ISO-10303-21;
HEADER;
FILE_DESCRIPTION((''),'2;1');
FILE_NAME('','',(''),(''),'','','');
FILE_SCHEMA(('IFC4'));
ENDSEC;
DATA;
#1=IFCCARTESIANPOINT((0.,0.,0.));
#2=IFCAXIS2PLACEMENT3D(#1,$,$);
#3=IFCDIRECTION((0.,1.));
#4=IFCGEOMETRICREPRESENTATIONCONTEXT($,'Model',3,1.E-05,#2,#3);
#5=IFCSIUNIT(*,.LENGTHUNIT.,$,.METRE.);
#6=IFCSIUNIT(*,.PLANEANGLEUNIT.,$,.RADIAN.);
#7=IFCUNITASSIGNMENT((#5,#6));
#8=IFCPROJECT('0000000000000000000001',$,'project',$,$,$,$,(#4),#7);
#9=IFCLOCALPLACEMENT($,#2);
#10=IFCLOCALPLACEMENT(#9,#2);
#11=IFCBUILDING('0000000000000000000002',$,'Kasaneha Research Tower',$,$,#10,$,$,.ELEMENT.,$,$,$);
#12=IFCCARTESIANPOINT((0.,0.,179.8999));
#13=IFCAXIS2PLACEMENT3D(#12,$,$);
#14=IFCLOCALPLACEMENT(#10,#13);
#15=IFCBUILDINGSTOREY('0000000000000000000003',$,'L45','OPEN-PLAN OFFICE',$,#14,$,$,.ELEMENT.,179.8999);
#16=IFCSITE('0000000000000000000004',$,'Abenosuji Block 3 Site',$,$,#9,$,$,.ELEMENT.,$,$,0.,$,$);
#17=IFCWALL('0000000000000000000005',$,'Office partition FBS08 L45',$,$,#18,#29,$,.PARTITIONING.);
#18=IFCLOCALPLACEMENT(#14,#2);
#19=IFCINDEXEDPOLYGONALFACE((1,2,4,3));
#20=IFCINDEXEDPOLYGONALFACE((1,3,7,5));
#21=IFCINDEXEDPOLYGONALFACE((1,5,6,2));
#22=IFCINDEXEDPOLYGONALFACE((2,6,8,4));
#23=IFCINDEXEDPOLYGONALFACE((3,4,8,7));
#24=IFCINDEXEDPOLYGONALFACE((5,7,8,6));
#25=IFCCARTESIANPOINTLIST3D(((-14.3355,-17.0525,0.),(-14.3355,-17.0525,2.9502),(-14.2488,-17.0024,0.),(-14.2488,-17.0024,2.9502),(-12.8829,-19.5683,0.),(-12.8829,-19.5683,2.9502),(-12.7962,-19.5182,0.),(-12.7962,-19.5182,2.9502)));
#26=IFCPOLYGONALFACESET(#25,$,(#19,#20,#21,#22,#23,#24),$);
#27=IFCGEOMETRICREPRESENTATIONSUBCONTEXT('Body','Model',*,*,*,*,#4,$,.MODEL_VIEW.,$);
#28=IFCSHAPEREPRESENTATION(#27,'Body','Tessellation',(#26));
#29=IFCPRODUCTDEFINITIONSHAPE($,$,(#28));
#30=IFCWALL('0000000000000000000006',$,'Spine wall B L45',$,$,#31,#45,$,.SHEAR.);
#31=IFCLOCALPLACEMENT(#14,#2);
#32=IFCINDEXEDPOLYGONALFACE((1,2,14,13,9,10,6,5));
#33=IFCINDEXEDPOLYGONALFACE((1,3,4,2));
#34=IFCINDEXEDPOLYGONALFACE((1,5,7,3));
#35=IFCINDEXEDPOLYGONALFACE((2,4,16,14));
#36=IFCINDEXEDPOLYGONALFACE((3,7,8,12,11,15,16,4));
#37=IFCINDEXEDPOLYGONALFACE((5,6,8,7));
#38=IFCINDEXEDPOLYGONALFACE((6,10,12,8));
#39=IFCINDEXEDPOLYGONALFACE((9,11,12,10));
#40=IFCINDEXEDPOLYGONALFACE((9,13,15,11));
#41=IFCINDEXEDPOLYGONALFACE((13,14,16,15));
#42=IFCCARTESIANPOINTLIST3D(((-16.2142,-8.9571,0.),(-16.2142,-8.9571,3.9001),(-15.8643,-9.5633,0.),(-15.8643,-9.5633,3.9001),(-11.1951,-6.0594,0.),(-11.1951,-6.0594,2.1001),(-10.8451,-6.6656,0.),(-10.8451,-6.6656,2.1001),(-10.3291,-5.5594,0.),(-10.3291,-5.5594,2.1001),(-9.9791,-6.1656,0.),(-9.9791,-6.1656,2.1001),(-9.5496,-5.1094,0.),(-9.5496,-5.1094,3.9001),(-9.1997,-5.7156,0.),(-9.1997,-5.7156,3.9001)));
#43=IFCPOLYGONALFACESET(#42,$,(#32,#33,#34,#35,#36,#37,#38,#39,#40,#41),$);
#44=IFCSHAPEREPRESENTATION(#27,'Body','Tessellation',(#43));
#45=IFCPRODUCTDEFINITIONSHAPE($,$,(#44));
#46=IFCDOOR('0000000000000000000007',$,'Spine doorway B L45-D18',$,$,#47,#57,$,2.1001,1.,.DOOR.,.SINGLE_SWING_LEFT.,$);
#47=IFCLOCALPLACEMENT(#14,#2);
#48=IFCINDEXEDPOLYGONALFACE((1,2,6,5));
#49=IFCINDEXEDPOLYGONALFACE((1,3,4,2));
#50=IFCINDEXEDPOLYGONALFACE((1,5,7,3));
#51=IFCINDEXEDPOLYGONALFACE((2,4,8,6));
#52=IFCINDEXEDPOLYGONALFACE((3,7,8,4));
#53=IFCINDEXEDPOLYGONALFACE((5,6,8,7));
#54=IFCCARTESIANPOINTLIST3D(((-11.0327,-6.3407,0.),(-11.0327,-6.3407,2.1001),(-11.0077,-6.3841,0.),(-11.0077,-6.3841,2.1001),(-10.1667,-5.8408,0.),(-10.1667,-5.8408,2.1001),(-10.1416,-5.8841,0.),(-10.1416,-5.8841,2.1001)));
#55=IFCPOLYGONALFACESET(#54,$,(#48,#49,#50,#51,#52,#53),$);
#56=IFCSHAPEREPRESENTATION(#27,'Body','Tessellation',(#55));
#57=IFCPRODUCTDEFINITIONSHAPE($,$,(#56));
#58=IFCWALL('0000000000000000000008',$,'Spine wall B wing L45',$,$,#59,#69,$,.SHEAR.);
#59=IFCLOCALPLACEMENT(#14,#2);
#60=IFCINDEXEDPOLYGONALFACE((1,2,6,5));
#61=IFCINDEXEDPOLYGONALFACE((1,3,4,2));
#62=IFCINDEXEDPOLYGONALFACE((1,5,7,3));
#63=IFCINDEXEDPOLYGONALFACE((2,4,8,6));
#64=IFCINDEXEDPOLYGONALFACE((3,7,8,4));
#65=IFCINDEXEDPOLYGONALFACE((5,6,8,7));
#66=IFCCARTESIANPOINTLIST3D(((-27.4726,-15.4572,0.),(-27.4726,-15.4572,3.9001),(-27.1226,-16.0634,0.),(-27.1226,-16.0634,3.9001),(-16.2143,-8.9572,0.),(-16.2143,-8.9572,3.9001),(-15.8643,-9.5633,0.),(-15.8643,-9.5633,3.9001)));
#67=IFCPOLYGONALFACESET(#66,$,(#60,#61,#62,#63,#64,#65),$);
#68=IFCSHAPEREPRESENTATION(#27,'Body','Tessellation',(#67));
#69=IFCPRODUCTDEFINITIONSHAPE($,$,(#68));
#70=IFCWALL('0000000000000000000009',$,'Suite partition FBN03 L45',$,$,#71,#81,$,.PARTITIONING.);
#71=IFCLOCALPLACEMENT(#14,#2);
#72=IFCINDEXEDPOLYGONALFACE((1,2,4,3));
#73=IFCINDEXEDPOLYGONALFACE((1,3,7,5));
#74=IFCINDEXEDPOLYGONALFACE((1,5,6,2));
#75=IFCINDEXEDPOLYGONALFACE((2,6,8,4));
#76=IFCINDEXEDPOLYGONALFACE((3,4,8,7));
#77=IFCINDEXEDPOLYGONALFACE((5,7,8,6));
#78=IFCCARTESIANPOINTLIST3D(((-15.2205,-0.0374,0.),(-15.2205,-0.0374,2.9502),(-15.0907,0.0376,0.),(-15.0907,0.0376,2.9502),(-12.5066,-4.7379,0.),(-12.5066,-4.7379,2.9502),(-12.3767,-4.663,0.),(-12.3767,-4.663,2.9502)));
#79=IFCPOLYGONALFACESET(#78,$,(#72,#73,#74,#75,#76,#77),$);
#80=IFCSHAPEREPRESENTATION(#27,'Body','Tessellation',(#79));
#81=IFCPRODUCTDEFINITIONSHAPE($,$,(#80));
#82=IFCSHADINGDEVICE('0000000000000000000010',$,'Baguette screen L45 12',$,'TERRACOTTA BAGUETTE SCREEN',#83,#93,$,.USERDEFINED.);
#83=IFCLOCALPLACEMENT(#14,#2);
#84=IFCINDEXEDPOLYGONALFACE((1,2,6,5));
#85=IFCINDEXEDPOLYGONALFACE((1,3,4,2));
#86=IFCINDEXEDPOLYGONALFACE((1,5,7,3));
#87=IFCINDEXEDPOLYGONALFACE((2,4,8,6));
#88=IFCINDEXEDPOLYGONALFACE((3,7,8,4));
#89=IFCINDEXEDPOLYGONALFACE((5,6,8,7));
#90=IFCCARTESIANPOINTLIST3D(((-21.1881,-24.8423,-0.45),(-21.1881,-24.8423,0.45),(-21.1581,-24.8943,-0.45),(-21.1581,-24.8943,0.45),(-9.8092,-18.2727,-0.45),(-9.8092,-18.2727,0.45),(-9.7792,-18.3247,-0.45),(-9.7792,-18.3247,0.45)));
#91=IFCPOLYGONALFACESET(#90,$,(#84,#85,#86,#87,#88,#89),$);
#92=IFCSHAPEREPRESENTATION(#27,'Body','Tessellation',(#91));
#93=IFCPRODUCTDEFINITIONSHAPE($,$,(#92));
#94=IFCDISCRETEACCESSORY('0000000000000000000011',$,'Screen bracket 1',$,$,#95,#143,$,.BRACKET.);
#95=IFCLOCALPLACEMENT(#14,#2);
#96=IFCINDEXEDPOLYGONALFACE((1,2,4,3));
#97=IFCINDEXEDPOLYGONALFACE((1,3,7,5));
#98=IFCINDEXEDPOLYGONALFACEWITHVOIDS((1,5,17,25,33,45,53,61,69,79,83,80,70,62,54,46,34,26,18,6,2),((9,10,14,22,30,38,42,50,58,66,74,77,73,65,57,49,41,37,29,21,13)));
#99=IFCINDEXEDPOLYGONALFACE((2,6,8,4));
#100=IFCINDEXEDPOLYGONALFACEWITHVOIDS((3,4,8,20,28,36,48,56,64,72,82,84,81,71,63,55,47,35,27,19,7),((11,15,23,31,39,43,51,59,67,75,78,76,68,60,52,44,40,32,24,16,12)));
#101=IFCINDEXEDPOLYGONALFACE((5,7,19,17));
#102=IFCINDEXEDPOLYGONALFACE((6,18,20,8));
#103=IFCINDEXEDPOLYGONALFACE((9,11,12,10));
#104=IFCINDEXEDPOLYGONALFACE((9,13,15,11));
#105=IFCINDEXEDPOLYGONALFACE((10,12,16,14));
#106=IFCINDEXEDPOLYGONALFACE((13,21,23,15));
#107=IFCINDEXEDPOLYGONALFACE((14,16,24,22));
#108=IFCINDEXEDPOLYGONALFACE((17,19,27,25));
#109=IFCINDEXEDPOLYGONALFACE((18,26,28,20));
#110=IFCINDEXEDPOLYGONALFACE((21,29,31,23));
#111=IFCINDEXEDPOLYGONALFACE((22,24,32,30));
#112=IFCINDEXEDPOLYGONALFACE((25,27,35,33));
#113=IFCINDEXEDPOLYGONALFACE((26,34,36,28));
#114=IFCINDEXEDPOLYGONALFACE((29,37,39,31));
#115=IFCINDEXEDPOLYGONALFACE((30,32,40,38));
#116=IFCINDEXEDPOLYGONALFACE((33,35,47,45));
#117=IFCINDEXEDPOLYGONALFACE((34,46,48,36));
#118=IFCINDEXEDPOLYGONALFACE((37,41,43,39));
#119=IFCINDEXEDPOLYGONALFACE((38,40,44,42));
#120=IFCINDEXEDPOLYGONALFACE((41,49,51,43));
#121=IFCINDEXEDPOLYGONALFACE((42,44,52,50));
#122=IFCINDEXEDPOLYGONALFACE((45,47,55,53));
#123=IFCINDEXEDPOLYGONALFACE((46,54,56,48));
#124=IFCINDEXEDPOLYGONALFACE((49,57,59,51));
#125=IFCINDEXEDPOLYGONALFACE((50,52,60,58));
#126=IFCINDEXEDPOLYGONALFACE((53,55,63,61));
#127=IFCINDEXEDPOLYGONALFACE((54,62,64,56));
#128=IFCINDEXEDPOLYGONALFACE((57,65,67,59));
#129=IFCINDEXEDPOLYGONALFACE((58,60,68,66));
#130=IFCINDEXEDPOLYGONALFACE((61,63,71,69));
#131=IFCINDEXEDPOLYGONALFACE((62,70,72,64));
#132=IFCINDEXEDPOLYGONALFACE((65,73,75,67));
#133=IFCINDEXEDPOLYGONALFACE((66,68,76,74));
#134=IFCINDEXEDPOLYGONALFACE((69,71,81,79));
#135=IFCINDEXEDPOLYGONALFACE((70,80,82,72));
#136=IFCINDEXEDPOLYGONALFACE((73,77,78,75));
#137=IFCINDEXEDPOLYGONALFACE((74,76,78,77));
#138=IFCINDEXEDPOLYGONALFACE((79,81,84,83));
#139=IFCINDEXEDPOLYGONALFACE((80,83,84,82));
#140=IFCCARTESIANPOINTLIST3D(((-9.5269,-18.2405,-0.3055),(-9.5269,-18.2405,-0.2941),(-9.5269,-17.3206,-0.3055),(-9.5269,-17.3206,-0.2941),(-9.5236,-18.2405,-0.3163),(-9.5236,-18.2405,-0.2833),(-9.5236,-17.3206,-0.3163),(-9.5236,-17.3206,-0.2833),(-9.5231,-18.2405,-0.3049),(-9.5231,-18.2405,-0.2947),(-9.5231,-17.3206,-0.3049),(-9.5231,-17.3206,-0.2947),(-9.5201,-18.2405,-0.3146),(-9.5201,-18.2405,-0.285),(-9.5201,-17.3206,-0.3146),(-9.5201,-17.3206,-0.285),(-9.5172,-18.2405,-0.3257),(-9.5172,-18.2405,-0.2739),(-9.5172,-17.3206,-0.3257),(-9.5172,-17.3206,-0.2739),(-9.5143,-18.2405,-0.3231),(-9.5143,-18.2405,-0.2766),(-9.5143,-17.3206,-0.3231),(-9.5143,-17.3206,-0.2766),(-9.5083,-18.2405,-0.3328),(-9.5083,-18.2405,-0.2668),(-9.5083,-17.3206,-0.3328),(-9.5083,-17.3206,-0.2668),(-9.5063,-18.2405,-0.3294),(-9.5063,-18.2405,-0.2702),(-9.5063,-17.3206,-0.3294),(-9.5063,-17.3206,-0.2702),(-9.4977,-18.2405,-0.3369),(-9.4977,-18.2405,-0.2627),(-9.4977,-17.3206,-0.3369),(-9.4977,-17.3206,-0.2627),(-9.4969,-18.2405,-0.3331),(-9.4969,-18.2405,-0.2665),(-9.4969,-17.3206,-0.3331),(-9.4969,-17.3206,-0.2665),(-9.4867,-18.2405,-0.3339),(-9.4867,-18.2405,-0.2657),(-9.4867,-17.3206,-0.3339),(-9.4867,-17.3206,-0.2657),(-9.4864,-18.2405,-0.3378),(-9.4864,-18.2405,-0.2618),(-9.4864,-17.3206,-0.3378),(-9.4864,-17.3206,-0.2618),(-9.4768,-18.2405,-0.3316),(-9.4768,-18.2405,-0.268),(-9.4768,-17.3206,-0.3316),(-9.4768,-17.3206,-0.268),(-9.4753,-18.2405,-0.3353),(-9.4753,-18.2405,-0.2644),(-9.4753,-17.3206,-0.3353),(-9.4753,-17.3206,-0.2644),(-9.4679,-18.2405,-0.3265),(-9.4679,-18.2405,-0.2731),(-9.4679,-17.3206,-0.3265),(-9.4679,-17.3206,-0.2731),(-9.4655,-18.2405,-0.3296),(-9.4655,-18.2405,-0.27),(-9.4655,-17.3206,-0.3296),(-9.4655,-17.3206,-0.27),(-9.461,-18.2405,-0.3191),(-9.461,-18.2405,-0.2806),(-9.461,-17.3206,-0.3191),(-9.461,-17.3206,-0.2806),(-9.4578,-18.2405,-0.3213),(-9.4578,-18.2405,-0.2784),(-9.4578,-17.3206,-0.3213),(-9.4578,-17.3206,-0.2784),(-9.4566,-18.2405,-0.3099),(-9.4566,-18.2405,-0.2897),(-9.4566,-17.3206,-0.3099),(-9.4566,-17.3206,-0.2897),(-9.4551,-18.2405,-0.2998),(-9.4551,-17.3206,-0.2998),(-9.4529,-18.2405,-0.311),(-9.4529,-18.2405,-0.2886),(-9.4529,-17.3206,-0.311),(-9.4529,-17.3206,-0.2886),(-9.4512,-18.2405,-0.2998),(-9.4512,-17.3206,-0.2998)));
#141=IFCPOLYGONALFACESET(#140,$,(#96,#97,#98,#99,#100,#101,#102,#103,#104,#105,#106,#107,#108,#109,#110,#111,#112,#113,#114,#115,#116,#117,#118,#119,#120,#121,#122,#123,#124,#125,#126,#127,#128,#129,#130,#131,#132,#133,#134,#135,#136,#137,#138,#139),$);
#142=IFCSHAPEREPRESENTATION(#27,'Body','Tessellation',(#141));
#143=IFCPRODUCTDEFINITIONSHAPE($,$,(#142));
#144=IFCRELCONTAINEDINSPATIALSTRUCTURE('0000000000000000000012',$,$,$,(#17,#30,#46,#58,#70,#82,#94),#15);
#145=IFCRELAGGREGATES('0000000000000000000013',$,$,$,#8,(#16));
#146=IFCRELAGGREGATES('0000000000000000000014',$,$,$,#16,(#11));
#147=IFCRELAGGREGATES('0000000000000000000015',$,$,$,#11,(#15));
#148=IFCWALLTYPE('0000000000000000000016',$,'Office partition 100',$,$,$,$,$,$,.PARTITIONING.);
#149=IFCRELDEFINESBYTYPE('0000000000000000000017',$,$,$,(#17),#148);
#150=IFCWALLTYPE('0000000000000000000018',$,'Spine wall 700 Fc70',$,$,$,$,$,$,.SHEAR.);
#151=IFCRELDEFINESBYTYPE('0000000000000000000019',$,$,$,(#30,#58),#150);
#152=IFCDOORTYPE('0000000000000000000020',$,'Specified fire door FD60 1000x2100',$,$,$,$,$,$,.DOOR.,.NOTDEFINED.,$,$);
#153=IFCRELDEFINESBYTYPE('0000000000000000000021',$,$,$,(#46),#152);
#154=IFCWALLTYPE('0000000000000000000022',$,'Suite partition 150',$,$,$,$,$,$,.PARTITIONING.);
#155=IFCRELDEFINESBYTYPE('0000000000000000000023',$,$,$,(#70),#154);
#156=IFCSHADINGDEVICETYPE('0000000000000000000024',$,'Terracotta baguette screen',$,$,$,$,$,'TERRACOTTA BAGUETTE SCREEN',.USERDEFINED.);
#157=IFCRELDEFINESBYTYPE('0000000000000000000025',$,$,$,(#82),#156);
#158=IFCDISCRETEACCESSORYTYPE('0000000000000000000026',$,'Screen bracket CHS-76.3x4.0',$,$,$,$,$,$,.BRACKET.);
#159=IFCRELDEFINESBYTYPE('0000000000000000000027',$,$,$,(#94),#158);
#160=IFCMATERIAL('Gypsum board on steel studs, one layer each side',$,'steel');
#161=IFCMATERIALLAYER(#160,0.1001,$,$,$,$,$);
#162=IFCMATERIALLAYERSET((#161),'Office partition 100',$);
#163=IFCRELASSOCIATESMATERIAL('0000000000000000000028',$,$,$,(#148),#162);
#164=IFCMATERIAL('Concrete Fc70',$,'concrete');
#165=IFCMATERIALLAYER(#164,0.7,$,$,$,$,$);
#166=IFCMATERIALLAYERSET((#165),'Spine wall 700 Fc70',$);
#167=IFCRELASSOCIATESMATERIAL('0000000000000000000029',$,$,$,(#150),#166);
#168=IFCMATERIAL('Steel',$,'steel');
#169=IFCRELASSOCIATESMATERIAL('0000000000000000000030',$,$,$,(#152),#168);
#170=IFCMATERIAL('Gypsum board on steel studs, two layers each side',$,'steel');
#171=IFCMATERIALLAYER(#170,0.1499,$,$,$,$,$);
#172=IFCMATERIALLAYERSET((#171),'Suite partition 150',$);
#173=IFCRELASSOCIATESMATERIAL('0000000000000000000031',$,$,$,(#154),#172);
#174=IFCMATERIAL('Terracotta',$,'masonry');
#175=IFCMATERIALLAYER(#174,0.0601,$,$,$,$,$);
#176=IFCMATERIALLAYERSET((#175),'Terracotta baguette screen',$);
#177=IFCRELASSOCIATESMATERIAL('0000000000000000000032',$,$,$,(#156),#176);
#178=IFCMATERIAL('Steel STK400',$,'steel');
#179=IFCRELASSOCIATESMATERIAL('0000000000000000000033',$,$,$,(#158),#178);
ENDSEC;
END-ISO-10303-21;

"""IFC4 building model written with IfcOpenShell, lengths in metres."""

from ifc_helpers import new_model, si_unit, direction, frame, frame_2d, origin, origin_2d, place, context, subcontext, project, spatial, rectangle, hollow_circle, extrude, material, layer, layer_set, material_profile, profile_set, type_object, element, fill, save


model = new_model("IFC4")

# Units and contexts
model_context = context("Model", 3, precision=1e-05, world=origin(), true_north=direction((0.0, 1.0)))
body_context = subcontext(model_context, "Body", "Model", "MODEL_VIEW")
ifc_project = project(units=[si_unit("LENGTHUNIT", "METRE"), si_unit("PLANEANGLEUNIT", "RADIAN")], contexts=[model_context])

# Site, building, storey
site_placement = place(None, origin())
site = spatial("IfcSite", under=ifc_project, at=site_placement, Name="Abenosuji Block 3 Site", CompositionType="ELEMENT", RefElevation=0.0)
building_placement = place(site_placement, origin())
building = spatial("IfcBuilding", under=site, at=building_placement, Name="Kasaneha Research Tower", CompositionType="ELEMENT")
storey_placement = place(building_placement, frame((0.0, 0.0, 179.8999)))
storey = spatial("IfcBuildingStorey", under=building, at=storey_placement, Name="L45", Description="OPEN-PLAN OFFICE", CompositionType="ELEMENT", Elevation=179.8999)

# Shared definitions
ifc_material_1 = material(Name="Gypsum board on steel studs, one layer each side", Category="steel")
ifc_layer_1 = layer(ifc_material_1, 0.1001)
ifc_layer_set_1 = layer_set([ifc_layer_1], Name="Office partition 100")
wall_type_1 = type_object("IfcWallType", Name="Office partition 100", PredefinedType="PARTITIONING", material=ifc_layer_set_1)

# Wall
wall_1_placement = place(storey_placement, frame((-14.2922, -17.0273, 0.0), z_axis=(0.0, 0.0, 1.0), x_axis=(0.500026, -0.866011, 0.0)))
element("IfcWall", 1, at=wall_1_placement, inside=storey, type_object=wall_type_1, Name="Office partition FBS08 L45", PredefinedType="PARTITIONING", context=body_context, shape_type="SweptSolid", body=[
    extrude(rectangle(XDim=2.905, YDim=0.1001, at=frame_2d((1.4526, 0.0))), origin(), (0.0, 0.0, 1.0), 2.9502),
])

# Wall, opening, door
ifc_material_2 = material(Name="Concrete Fc70", Category="concrete")
ifc_layer_2 = layer(ifc_material_2, 0.7)
ifc_layer_set_2 = layer_set([ifc_layer_2], Name="Spine wall 700 Fc70")
wall_type_2 = type_object("IfcWallType", Name="Spine wall 700 Fc70", PredefinedType="SHEAR", material=ifc_layer_set_2)
wall_2_placement = place(storey_placement, frame((-9.3748, -5.4126, 0.0), z_axis=(0.0, 0.0, 1.0), x_axis=(-0.866032, -0.499988, 0.0)))
wall_2 = element("IfcWall", 2, at=wall_2_placement, inside=storey, type_object=wall_type_2, Name="Spine wall B L45", PredefinedType="SHEAR", context=body_context, shape_type="SweptSolid", body=[
    extrude(rectangle(XDim=7.6956, YDim=0.7, at=frame_2d((3.8477, 0.0))), origin(), (0.0, 0.0, 1.0), 3.9001),
])
opening_1_placement = place(wall_2_placement, frame((0.8999, 0.0, 0.0)))
opening_1 = element("IfcOpeningElement", 3, at=opening_1_placement, cuts=wall_2, PredefinedType="OPENING", context=body_context, shape_type="SweptSolid", body=[
    extrude(rectangle(XDim=1.0, YDim=2.1001, at=frame_2d((0.5, 1.05))), frame((0.0, 0.3599, 0.0), z_axis=(0.0, -1.0, 0.0), x_axis=(1.0, 0.0, 0.0)), (0.0, 0.0, 1.0), 0.72),
])
ifc_material_3 = material(Name="Steel", Category="steel")
door_type_1 = type_object("IfcDoorType", Name="Specified fire door FD60 1000x2100", OperationType="NOTDEFINED", PredefinedType="DOOR", material=ifc_material_3)
door_1_placement = place(opening_1_placement, origin())
door_1 = element("IfcDoor", 4, at=door_1_placement, inside=storey, type_object=door_type_1, Name="Spine doorway B L45-D18", OperationType="SINGLE_SWING_LEFT", OverallHeight=2.1001, OverallWidth=1.0, PredefinedType="DOOR", context=body_context, shape_type="SweptSolid", body=[
    extrude(rectangle(XDim=1.0, YDim=2.1001, at=frame_2d((0.5, 1.05))), frame((0.0, 0.0249, 0.0), z_axis=(0.0, -1.0, 0.0), x_axis=(1.0, 0.0, 0.0)), (0.0, 0.0, 1.0), 0.05),
])
fill(opening_1, door_1)

# Walls
wall_3_placement = place(storey_placement, frame((-16.0393, -9.2603, 0.0), z_axis=(0.0, 0.0, 1.0), x_axis=(-0.866025, -0.500001, 0.0)))
element("IfcWall", 5, at=wall_3_placement, inside=storey, type_object=wall_type_2, Name="Spine wall B wing L45", PredefinedType="SHEAR", context=body_context, shape_type="SweptSolid", body=[
    extrude(rectangle(XDim=13.0, YDim=0.7, at=frame_2d((6.5, 0.0))), origin(), (0.0, 0.0, 1.0), 3.9001),
])
ifc_material_4 = material(Name="Gypsum board on steel studs, two layers each side", Category="steel")
ifc_layer_3 = layer(ifc_material_4, 0.1499)
ifc_layer_set_3 = layer_set([ifc_layer_3], Name="Suite partition 150")
wall_type_3 = type_object("IfcWallType", Name="Suite partition 150", PredefinedType="PARTITIONING", material=ifc_layer_set_3)
wall_4_placement = place(storey_placement, frame((-12.4417, -4.7004, 0.0), z_axis=(0.0, 0.0, 1.0), x_axis=(-0.500009, 0.86602, 0.0)))
element("IfcWall", 6, at=wall_4_placement, inside=storey, type_object=wall_type_3, Name="Suite partition FBN03 L45", PredefinedType="PARTITIONING", context=body_context, shape_type="SweptSolid", body=[
    extrude(rectangle(XDim=5.4277, YDim=0.1499, at=frame_2d((2.7139, 0.0))), origin(), (0.0, 0.0, 1.0), 2.9502),
])

# Shading device
ifc_material_5 = material(Name="Terracotta", Category="masonry")
ifc_layer_4 = layer(ifc_material_5, 0.0601)
ifc_layer_set_4 = layer_set([ifc_layer_4], Name="Terracotta baguette screen")
shading_device_type = type_object("IfcShadingDeviceType", Name="Terracotta baguette screen", ElementType="TERRACOTTA BAGUETTE SCREEN", PredefinedType="USERDEFINED", material=ifc_layer_set_4)
shading_device_placement = place(storey_placement, frame((-15.4836, -21.5835, -0.45), z_axis=(0.0, 0.0, 1.0), x_axis=(0.866025, 0.5, 0.0)))
element("IfcShadingDevice", 7, at=shading_device_placement, inside=storey, type_object=shading_device_type, Name="Baguette screen L45 12", ObjectType="TERRACOTTA BAGUETTE SCREEN", PredefinedType="USERDEFINED", context=body_context, shape_type="SweptSolid", body=[
    extrude(rectangle(XDim=13.1392, YDim=0.0601, at=origin_2d()), origin(), (0.0, 0.0, 1.0), 0.8999),
])

# Discrete accessory
ifc_material_6 = material(Name="Steel STK400", Category="steel")
ifc_material_profile_1 = material_profile(ifc_material_6, hollow_circle(Radius=0.0381, WallThickness=0.0039, at=origin_2d()), Name="CHS-76.3x4.0")
ifc_profile_set_1 = profile_set([ifc_material_profile_1], Name="Steel STK400")
discrete_accessory_type = type_object("IfcDiscreteAccessoryType", Name="Screen bracket CHS-76.3x4.0", PredefinedType="BRACKET", material=ifc_profile_set_1)
for number, where, z_axis, x_axis, name in (
    (8, (-9.4893, -17.3206, -0.2998), (0.0, -1.0, 0.0), (1.0, 0.0, 0.0), "Screen bracket 1"),
):
    element("IfcDiscreteAccessory", number, at=place(storey_placement, frame(where, z_axis=z_axis, x_axis=x_axis)), inside=storey, type_object=discrete_accessory_type, Name=name, PredefinedType="BRACKET", context=body_context, shape_type="SweptSolid", body=[
        extrude(hollow_circle(Radius=0.0381, WallThickness=0.0039, at=origin_2d()), origin(), (0.0, 0.0, 1.0), 0.9199),
    ])

save(model, "model.ifc")
